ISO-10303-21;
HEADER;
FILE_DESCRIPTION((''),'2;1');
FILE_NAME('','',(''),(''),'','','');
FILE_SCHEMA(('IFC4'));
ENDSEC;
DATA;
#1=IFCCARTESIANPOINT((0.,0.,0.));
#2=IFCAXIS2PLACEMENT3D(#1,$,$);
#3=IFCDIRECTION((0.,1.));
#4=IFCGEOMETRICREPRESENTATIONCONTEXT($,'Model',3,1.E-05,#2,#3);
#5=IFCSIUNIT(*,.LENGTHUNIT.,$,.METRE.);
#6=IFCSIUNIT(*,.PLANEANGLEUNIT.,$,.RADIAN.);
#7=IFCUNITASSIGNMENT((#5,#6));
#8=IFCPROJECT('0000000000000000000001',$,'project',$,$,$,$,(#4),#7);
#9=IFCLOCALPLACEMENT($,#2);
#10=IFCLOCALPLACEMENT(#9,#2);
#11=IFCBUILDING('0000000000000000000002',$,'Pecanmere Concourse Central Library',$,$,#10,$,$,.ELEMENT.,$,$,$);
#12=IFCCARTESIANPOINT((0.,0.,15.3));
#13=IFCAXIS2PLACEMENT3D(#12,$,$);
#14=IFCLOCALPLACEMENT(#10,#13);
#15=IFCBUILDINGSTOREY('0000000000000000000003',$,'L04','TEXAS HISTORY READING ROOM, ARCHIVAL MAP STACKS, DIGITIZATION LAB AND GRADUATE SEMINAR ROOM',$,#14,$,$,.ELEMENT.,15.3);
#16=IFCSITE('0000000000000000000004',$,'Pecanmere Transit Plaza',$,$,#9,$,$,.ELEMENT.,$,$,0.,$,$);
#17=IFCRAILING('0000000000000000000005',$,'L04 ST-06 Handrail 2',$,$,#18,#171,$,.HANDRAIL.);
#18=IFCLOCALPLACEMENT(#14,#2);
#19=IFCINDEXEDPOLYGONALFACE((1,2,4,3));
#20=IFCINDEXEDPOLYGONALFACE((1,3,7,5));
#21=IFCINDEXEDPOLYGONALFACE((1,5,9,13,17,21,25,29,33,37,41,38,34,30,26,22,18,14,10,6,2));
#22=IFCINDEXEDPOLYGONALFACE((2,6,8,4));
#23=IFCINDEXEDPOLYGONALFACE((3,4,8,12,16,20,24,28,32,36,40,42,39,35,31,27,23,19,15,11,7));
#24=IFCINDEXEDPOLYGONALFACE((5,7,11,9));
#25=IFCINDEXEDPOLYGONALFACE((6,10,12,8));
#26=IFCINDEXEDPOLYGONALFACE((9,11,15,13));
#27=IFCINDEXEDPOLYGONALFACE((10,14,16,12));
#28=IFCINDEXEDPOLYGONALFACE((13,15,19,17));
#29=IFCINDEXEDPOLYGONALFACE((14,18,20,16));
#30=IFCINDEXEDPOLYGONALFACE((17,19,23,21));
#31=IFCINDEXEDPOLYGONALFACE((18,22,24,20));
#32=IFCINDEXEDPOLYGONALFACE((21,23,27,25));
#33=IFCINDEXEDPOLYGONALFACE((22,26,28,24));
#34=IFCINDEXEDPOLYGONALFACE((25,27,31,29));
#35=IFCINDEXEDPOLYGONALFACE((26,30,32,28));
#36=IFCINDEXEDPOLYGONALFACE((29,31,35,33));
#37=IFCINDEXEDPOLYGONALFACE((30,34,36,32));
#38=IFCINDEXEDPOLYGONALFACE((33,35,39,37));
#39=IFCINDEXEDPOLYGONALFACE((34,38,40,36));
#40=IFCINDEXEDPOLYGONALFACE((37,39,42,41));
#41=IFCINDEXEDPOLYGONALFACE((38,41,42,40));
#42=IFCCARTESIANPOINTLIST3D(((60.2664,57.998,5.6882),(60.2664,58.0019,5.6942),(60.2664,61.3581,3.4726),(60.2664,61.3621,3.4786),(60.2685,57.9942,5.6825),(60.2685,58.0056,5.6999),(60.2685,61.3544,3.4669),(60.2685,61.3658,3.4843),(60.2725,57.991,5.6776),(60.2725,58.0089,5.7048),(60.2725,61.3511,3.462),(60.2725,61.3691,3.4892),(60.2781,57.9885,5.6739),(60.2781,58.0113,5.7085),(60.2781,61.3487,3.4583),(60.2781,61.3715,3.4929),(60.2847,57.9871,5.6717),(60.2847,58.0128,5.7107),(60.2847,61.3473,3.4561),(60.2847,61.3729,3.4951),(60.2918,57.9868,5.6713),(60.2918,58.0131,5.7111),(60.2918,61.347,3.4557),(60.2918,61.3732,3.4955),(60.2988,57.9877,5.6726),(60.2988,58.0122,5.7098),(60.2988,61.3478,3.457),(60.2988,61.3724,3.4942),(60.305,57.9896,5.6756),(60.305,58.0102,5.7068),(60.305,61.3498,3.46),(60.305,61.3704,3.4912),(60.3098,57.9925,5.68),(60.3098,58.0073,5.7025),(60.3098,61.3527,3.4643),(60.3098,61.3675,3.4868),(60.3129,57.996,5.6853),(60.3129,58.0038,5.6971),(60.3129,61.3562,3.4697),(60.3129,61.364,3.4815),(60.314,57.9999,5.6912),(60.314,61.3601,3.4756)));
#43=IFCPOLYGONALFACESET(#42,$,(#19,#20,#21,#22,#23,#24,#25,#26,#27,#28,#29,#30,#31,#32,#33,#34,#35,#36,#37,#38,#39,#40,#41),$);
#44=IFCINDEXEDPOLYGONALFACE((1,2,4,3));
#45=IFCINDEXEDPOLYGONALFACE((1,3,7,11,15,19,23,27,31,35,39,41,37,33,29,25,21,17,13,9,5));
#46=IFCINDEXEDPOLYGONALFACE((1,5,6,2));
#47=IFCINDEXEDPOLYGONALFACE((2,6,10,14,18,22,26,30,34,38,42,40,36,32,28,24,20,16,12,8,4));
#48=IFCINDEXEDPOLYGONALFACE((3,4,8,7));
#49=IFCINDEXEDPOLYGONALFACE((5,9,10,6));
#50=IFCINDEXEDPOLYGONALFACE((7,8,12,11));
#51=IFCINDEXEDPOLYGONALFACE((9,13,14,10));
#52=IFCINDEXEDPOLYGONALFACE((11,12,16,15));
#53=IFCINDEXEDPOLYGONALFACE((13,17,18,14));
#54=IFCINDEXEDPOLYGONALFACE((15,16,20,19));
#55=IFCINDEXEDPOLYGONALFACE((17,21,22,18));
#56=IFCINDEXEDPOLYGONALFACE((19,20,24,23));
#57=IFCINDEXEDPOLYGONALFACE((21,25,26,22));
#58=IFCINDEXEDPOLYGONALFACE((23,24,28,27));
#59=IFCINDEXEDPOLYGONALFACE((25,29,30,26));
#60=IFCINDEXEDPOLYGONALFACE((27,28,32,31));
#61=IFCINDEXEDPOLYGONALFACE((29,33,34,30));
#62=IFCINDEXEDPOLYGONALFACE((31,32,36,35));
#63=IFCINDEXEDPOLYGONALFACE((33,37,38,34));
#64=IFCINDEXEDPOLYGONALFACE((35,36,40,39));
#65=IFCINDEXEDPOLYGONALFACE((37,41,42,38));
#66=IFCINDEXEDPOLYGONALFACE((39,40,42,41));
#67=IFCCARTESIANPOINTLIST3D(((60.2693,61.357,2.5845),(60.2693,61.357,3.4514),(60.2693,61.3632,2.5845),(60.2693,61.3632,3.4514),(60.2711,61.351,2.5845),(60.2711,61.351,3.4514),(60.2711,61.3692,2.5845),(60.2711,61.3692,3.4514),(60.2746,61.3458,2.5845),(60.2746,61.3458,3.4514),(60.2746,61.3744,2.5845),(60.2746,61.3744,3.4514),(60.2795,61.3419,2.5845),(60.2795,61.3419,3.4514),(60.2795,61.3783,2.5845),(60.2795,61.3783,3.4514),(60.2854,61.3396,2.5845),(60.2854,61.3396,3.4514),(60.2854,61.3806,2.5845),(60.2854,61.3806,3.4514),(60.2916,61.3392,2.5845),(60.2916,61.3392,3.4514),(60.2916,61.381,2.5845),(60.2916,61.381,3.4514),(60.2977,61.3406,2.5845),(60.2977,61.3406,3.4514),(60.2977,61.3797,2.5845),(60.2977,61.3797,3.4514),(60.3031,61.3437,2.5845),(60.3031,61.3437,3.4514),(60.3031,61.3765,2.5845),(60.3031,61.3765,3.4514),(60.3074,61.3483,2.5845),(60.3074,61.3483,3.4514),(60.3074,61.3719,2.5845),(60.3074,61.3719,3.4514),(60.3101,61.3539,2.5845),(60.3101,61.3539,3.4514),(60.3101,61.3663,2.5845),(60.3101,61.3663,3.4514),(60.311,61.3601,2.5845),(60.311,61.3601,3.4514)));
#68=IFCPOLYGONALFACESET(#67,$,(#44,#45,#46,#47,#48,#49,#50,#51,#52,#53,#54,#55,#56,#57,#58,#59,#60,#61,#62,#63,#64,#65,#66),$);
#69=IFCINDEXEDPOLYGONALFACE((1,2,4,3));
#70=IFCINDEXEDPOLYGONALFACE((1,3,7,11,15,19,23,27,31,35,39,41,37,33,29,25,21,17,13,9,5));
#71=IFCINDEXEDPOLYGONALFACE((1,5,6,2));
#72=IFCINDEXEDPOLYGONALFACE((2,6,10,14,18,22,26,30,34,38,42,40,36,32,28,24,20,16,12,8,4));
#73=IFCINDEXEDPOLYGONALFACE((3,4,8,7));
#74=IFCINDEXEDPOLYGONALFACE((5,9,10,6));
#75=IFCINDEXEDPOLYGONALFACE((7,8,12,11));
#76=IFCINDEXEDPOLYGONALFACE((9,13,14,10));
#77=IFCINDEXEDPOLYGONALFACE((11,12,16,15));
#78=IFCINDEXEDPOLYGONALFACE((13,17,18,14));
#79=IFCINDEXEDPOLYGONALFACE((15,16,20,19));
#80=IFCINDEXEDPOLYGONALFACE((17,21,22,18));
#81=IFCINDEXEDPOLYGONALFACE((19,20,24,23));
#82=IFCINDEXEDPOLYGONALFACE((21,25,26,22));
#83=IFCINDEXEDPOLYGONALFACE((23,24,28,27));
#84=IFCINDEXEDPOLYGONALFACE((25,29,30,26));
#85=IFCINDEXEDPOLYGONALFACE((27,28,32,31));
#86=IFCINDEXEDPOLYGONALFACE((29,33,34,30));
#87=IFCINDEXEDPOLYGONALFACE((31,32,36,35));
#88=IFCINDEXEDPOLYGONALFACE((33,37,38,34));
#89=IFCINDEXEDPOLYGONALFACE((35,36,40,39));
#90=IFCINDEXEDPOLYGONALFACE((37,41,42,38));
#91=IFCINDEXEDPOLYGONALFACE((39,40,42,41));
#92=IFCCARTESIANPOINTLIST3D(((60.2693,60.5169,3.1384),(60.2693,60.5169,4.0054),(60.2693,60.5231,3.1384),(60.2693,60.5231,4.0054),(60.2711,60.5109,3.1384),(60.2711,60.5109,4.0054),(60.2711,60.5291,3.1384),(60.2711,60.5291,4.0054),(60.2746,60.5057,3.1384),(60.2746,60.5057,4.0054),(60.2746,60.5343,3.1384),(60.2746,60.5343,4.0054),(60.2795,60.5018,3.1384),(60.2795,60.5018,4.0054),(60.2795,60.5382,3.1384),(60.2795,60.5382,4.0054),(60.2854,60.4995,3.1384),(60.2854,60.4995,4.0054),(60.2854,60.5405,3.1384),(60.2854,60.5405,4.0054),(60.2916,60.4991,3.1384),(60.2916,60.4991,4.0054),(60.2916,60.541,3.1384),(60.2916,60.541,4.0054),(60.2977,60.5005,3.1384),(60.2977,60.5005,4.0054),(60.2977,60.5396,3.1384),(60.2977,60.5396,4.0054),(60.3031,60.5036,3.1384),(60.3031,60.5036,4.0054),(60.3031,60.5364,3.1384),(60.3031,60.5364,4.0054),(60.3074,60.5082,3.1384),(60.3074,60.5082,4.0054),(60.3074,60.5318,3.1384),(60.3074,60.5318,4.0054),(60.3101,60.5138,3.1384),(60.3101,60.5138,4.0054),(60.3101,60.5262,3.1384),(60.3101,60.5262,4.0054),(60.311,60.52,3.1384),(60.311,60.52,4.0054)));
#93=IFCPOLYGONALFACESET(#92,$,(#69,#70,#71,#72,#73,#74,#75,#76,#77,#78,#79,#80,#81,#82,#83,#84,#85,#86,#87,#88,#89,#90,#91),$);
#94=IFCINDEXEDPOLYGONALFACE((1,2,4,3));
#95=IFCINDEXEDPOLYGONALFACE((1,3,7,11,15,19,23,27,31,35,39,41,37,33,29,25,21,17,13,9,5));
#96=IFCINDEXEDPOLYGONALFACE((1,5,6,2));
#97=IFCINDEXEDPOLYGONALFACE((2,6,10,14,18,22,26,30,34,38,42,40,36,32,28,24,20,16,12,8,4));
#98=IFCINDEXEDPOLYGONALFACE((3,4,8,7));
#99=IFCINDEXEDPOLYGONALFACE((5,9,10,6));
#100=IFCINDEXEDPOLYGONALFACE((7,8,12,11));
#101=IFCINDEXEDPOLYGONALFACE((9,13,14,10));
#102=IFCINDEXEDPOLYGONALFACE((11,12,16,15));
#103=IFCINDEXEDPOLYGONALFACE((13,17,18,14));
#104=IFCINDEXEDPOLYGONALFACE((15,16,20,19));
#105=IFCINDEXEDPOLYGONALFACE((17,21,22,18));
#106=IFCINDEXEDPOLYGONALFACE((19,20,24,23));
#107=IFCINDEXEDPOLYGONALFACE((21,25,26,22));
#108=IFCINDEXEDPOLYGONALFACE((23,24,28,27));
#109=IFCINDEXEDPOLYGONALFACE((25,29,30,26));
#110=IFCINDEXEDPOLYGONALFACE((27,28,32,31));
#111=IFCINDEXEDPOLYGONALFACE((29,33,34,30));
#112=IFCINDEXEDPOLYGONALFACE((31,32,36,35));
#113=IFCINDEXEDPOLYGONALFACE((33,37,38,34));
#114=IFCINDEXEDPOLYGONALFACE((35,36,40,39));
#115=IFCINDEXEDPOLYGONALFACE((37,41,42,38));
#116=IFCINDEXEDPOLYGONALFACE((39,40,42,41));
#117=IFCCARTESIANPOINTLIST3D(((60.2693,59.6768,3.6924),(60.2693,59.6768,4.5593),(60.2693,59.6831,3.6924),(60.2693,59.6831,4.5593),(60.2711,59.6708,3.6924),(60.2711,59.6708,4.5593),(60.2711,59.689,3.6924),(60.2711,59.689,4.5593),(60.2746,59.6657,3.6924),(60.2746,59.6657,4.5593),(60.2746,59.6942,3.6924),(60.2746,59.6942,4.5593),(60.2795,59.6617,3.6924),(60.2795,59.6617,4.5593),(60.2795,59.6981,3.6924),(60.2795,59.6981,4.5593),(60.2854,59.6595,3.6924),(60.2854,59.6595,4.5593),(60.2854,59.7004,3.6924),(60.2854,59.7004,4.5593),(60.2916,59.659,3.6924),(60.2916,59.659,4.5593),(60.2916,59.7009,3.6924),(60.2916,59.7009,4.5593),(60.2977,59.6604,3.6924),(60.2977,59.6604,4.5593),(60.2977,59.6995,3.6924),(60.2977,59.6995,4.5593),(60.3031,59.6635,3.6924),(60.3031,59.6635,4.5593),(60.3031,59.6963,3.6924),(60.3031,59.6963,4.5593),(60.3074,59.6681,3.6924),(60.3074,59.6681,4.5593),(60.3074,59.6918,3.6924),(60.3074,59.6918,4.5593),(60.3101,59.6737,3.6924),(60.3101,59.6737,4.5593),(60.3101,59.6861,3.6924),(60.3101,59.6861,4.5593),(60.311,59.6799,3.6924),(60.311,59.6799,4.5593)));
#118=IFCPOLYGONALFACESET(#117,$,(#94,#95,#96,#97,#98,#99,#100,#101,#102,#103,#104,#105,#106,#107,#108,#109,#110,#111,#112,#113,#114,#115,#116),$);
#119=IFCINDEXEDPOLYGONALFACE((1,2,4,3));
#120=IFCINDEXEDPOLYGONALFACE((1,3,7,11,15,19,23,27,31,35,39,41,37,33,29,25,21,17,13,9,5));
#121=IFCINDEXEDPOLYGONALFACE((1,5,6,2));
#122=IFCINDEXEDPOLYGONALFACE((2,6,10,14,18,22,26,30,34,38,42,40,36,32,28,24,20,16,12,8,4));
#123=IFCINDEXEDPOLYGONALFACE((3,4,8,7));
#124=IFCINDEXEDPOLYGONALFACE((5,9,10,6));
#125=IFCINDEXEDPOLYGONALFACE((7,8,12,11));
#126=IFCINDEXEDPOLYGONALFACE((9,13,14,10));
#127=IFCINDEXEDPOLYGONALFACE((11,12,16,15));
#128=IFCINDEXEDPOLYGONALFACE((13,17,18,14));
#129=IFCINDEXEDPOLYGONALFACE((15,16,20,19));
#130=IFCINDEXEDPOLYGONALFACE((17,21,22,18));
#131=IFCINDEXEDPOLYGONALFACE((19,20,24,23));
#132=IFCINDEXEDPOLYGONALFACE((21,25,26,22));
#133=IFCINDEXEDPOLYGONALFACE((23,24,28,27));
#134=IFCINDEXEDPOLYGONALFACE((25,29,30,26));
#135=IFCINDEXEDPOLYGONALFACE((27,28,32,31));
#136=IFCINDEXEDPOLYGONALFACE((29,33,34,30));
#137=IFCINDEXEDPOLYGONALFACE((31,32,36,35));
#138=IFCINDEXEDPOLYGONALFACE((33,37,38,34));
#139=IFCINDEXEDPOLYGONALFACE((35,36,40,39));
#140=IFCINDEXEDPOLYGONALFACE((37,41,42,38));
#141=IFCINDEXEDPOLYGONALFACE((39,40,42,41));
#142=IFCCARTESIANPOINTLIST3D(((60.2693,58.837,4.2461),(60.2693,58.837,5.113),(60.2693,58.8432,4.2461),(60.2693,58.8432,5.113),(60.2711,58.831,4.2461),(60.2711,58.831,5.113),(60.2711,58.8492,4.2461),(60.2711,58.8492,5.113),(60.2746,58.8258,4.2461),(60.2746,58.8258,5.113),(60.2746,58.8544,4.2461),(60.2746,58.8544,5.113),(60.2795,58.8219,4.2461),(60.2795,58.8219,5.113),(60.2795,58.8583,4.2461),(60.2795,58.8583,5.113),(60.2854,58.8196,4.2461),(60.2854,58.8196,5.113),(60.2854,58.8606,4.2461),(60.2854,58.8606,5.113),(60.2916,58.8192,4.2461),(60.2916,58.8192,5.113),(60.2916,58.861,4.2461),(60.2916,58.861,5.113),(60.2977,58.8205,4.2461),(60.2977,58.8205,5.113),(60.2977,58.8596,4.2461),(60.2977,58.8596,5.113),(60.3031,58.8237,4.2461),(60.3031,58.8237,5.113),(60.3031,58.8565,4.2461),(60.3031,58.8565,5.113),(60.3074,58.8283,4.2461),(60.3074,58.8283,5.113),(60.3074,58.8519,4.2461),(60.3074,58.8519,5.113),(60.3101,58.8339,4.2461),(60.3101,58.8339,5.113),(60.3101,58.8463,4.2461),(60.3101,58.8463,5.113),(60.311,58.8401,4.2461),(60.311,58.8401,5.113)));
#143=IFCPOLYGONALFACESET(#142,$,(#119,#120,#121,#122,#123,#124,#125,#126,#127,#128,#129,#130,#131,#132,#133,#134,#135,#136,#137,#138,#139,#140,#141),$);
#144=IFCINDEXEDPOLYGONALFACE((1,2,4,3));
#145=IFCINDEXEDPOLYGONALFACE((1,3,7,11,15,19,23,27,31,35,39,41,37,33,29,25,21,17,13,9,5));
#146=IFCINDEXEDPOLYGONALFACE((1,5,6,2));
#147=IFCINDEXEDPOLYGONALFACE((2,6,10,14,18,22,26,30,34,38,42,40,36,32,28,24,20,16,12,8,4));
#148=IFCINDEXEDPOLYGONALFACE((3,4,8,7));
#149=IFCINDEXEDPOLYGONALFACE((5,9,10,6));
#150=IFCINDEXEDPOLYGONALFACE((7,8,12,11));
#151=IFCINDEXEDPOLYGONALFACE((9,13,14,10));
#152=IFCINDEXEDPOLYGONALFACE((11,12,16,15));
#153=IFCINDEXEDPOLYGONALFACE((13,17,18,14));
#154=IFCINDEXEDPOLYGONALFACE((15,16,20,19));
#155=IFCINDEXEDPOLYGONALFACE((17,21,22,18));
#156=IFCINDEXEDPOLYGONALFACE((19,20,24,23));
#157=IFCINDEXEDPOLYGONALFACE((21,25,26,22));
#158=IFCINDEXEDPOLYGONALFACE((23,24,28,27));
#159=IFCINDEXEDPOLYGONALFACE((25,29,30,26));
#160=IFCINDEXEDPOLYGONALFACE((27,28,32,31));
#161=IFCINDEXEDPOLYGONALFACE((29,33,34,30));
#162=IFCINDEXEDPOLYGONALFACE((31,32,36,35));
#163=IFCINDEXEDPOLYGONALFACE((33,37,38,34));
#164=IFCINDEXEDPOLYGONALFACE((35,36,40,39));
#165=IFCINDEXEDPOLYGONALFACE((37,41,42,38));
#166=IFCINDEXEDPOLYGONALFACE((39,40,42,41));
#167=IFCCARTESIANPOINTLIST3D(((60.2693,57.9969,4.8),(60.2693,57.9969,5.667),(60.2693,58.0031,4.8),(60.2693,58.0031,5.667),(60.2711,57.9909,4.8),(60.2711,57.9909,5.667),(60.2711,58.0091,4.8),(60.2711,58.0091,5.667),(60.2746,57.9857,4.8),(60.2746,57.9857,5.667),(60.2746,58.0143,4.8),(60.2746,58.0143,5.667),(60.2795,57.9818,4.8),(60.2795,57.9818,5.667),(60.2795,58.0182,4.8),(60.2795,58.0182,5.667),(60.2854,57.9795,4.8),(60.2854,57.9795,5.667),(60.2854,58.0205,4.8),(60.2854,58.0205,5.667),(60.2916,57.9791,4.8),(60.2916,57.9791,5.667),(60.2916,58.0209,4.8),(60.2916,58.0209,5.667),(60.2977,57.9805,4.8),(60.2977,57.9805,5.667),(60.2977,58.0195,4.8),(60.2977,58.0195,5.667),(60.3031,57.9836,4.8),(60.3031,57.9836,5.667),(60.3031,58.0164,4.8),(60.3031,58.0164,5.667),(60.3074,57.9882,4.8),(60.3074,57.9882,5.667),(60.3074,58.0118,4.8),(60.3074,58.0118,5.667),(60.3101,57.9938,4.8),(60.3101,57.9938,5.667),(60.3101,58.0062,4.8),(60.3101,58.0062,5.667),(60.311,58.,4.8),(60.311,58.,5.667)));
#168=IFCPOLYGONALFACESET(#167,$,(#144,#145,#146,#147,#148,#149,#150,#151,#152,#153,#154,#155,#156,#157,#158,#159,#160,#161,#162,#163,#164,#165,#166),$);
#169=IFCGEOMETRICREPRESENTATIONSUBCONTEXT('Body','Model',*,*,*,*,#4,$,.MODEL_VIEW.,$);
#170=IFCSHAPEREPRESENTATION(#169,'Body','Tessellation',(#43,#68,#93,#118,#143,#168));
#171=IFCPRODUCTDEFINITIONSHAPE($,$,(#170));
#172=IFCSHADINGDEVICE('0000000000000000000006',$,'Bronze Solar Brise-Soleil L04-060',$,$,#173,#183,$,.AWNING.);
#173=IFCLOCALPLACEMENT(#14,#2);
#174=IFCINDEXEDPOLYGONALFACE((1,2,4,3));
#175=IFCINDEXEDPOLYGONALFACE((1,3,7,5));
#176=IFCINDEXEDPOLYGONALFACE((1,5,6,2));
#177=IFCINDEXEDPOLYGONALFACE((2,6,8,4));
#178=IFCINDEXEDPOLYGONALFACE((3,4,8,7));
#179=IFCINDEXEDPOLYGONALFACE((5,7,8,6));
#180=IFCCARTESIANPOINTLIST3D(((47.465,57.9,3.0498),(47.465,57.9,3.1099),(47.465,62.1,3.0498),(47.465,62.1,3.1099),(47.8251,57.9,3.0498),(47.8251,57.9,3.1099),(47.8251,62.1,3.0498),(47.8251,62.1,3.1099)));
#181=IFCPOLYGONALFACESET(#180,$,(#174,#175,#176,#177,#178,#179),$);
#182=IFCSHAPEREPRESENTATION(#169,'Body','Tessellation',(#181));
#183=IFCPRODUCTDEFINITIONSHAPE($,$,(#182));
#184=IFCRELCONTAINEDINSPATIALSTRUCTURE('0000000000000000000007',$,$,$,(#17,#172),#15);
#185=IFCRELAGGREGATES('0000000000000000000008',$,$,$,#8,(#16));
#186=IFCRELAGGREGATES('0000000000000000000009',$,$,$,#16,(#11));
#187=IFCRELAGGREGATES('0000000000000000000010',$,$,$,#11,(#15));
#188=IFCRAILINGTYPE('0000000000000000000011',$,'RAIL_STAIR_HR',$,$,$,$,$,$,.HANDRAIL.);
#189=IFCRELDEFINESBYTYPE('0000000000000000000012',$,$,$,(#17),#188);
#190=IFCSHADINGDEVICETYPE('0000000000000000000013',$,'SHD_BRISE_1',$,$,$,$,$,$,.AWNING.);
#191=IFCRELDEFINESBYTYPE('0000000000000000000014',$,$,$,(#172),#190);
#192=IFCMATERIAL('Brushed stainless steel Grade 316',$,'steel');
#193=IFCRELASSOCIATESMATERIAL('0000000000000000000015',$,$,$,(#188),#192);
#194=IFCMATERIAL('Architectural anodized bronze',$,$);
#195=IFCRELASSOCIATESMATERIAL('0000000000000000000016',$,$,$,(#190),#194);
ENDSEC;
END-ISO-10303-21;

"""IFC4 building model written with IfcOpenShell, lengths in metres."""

from ifc_helpers import new_model, si_unit, direction, frame, origin, origin_2d, place, context, subcontext, project, spatial, rectangle, circle, extrude, material, type_object, element, save


model = new_model("IFC4")

# Units and contexts
model_context = context("Model", 3, precision=1e-05, world=origin(), true_north=direction((0.0, 1.0)))
body_context = subcontext(model_context, "Body", "Model", "MODEL_VIEW")
ifc_project = project(units=[si_unit("LENGTHUNIT", "METRE"), si_unit("PLANEANGLEUNIT", "RADIAN")], contexts=[model_context])

# Site, building, storey
site_placement = place(None, origin())
site = spatial("IfcSite", under=ifc_project, at=site_placement, Name="Pecanmere Transit Plaza", CompositionType="ELEMENT", RefElevation=0.0)
building_placement = place(site_placement, origin())
building = spatial("IfcBuilding", under=site, at=building_placement, Name="Pecanmere Concourse Central Library", CompositionType="ELEMENT")
storey_placement = place(building_placement, frame((0.0, 0.0, 15.3)))
storey = spatial("IfcBuildingStorey", under=building, at=storey_placement, Name="L04", Description="TEXAS HISTORY READING ROOM, ARCHIVAL MAP STACKS, DIGITIZATION LAB AND GRADUATE SEMINAR ROOM", CompositionType="ELEMENT", Elevation=15.3)

# Railing
ifc_material_1 = material(Name="Brushed stainless steel Grade 316", Category="steel")
railing_type_1 = type_object("IfcRailingType", Name="RAIL_STAIR_HR", PredefinedType="HANDRAIL", material=ifc_material_1)
railing_1_placement = place(storey_placement, frame((60.29, 61.3601, 2.5845)))
element("IfcRailing", 1, at=railing_1_placement, inside=storey, type_object=railing_type_1, Name="L04 ST-06 Handrail 2", PredefinedType="HANDRAIL", context=body_context, shape_type="SweptSolid", body=[
    extrude(circle(Radius=0.0239, at=origin_2d()), frame((0.0, 0.0, 0.8911), z_axis=(0.0, -0.834849, 0.55048), x_axis=(1.0, 0.0, 0.0)), (0.0, 0.0, 1.0), 4.0249),
    extrude(circle(Radius=0.021, at=origin_2d()), origin(), (0.0, 0.0, 1.0), 0.8669),
    extrude(circle(Radius=0.021, at=origin_2d()), frame((0.0, -0.8401, 0.554)), (0.0, 0.0, 1.0), 0.8669),
    extrude(circle(Radius=0.021, at=origin_2d()), frame((0.0, -1.6802, 1.1079)), (0.0, 0.0, 1.0), 0.8669),
    extrude(circle(Radius=0.021, at=origin_2d()), frame((0.0, -2.52, 1.6616)), (0.0, 0.0, 1.0), 0.8669),
    extrude(circle(Radius=0.021, at=origin_2d()), frame((0.0, -3.3601, 2.2156)), (0.0, 0.0, 1.0), 0.8669),
])

# Shading device
ifc_material_2 = material(Name="Architectural anodized bronze")
shading_device_type = type_object("IfcShadingDeviceType", Name="SHD_BRISE_1", PredefinedType="AWNING", material=ifc_material_2)
shading_device_placement = place(storey_placement, frame((47.645, 60.0, 3.0498), z_axis=(0.0, 0.0, 1.0), x_axis=(0.0, -1.0, 0.0)))
element("IfcShadingDevice", 2, at=shading_device_placement, inside=storey, type_object=shading_device_type, Name="Bronze Solar Brise-Soleil L04-060", PredefinedType="AWNING", context=body_context, shape_type="SweptSolid", body=[
    extrude(rectangle(XDim=4.2, YDim=0.3601, at=origin_2d()), origin(), (0.0, 0.0, 1.0), 0.0601),
])

save(model, "model.ifc")
